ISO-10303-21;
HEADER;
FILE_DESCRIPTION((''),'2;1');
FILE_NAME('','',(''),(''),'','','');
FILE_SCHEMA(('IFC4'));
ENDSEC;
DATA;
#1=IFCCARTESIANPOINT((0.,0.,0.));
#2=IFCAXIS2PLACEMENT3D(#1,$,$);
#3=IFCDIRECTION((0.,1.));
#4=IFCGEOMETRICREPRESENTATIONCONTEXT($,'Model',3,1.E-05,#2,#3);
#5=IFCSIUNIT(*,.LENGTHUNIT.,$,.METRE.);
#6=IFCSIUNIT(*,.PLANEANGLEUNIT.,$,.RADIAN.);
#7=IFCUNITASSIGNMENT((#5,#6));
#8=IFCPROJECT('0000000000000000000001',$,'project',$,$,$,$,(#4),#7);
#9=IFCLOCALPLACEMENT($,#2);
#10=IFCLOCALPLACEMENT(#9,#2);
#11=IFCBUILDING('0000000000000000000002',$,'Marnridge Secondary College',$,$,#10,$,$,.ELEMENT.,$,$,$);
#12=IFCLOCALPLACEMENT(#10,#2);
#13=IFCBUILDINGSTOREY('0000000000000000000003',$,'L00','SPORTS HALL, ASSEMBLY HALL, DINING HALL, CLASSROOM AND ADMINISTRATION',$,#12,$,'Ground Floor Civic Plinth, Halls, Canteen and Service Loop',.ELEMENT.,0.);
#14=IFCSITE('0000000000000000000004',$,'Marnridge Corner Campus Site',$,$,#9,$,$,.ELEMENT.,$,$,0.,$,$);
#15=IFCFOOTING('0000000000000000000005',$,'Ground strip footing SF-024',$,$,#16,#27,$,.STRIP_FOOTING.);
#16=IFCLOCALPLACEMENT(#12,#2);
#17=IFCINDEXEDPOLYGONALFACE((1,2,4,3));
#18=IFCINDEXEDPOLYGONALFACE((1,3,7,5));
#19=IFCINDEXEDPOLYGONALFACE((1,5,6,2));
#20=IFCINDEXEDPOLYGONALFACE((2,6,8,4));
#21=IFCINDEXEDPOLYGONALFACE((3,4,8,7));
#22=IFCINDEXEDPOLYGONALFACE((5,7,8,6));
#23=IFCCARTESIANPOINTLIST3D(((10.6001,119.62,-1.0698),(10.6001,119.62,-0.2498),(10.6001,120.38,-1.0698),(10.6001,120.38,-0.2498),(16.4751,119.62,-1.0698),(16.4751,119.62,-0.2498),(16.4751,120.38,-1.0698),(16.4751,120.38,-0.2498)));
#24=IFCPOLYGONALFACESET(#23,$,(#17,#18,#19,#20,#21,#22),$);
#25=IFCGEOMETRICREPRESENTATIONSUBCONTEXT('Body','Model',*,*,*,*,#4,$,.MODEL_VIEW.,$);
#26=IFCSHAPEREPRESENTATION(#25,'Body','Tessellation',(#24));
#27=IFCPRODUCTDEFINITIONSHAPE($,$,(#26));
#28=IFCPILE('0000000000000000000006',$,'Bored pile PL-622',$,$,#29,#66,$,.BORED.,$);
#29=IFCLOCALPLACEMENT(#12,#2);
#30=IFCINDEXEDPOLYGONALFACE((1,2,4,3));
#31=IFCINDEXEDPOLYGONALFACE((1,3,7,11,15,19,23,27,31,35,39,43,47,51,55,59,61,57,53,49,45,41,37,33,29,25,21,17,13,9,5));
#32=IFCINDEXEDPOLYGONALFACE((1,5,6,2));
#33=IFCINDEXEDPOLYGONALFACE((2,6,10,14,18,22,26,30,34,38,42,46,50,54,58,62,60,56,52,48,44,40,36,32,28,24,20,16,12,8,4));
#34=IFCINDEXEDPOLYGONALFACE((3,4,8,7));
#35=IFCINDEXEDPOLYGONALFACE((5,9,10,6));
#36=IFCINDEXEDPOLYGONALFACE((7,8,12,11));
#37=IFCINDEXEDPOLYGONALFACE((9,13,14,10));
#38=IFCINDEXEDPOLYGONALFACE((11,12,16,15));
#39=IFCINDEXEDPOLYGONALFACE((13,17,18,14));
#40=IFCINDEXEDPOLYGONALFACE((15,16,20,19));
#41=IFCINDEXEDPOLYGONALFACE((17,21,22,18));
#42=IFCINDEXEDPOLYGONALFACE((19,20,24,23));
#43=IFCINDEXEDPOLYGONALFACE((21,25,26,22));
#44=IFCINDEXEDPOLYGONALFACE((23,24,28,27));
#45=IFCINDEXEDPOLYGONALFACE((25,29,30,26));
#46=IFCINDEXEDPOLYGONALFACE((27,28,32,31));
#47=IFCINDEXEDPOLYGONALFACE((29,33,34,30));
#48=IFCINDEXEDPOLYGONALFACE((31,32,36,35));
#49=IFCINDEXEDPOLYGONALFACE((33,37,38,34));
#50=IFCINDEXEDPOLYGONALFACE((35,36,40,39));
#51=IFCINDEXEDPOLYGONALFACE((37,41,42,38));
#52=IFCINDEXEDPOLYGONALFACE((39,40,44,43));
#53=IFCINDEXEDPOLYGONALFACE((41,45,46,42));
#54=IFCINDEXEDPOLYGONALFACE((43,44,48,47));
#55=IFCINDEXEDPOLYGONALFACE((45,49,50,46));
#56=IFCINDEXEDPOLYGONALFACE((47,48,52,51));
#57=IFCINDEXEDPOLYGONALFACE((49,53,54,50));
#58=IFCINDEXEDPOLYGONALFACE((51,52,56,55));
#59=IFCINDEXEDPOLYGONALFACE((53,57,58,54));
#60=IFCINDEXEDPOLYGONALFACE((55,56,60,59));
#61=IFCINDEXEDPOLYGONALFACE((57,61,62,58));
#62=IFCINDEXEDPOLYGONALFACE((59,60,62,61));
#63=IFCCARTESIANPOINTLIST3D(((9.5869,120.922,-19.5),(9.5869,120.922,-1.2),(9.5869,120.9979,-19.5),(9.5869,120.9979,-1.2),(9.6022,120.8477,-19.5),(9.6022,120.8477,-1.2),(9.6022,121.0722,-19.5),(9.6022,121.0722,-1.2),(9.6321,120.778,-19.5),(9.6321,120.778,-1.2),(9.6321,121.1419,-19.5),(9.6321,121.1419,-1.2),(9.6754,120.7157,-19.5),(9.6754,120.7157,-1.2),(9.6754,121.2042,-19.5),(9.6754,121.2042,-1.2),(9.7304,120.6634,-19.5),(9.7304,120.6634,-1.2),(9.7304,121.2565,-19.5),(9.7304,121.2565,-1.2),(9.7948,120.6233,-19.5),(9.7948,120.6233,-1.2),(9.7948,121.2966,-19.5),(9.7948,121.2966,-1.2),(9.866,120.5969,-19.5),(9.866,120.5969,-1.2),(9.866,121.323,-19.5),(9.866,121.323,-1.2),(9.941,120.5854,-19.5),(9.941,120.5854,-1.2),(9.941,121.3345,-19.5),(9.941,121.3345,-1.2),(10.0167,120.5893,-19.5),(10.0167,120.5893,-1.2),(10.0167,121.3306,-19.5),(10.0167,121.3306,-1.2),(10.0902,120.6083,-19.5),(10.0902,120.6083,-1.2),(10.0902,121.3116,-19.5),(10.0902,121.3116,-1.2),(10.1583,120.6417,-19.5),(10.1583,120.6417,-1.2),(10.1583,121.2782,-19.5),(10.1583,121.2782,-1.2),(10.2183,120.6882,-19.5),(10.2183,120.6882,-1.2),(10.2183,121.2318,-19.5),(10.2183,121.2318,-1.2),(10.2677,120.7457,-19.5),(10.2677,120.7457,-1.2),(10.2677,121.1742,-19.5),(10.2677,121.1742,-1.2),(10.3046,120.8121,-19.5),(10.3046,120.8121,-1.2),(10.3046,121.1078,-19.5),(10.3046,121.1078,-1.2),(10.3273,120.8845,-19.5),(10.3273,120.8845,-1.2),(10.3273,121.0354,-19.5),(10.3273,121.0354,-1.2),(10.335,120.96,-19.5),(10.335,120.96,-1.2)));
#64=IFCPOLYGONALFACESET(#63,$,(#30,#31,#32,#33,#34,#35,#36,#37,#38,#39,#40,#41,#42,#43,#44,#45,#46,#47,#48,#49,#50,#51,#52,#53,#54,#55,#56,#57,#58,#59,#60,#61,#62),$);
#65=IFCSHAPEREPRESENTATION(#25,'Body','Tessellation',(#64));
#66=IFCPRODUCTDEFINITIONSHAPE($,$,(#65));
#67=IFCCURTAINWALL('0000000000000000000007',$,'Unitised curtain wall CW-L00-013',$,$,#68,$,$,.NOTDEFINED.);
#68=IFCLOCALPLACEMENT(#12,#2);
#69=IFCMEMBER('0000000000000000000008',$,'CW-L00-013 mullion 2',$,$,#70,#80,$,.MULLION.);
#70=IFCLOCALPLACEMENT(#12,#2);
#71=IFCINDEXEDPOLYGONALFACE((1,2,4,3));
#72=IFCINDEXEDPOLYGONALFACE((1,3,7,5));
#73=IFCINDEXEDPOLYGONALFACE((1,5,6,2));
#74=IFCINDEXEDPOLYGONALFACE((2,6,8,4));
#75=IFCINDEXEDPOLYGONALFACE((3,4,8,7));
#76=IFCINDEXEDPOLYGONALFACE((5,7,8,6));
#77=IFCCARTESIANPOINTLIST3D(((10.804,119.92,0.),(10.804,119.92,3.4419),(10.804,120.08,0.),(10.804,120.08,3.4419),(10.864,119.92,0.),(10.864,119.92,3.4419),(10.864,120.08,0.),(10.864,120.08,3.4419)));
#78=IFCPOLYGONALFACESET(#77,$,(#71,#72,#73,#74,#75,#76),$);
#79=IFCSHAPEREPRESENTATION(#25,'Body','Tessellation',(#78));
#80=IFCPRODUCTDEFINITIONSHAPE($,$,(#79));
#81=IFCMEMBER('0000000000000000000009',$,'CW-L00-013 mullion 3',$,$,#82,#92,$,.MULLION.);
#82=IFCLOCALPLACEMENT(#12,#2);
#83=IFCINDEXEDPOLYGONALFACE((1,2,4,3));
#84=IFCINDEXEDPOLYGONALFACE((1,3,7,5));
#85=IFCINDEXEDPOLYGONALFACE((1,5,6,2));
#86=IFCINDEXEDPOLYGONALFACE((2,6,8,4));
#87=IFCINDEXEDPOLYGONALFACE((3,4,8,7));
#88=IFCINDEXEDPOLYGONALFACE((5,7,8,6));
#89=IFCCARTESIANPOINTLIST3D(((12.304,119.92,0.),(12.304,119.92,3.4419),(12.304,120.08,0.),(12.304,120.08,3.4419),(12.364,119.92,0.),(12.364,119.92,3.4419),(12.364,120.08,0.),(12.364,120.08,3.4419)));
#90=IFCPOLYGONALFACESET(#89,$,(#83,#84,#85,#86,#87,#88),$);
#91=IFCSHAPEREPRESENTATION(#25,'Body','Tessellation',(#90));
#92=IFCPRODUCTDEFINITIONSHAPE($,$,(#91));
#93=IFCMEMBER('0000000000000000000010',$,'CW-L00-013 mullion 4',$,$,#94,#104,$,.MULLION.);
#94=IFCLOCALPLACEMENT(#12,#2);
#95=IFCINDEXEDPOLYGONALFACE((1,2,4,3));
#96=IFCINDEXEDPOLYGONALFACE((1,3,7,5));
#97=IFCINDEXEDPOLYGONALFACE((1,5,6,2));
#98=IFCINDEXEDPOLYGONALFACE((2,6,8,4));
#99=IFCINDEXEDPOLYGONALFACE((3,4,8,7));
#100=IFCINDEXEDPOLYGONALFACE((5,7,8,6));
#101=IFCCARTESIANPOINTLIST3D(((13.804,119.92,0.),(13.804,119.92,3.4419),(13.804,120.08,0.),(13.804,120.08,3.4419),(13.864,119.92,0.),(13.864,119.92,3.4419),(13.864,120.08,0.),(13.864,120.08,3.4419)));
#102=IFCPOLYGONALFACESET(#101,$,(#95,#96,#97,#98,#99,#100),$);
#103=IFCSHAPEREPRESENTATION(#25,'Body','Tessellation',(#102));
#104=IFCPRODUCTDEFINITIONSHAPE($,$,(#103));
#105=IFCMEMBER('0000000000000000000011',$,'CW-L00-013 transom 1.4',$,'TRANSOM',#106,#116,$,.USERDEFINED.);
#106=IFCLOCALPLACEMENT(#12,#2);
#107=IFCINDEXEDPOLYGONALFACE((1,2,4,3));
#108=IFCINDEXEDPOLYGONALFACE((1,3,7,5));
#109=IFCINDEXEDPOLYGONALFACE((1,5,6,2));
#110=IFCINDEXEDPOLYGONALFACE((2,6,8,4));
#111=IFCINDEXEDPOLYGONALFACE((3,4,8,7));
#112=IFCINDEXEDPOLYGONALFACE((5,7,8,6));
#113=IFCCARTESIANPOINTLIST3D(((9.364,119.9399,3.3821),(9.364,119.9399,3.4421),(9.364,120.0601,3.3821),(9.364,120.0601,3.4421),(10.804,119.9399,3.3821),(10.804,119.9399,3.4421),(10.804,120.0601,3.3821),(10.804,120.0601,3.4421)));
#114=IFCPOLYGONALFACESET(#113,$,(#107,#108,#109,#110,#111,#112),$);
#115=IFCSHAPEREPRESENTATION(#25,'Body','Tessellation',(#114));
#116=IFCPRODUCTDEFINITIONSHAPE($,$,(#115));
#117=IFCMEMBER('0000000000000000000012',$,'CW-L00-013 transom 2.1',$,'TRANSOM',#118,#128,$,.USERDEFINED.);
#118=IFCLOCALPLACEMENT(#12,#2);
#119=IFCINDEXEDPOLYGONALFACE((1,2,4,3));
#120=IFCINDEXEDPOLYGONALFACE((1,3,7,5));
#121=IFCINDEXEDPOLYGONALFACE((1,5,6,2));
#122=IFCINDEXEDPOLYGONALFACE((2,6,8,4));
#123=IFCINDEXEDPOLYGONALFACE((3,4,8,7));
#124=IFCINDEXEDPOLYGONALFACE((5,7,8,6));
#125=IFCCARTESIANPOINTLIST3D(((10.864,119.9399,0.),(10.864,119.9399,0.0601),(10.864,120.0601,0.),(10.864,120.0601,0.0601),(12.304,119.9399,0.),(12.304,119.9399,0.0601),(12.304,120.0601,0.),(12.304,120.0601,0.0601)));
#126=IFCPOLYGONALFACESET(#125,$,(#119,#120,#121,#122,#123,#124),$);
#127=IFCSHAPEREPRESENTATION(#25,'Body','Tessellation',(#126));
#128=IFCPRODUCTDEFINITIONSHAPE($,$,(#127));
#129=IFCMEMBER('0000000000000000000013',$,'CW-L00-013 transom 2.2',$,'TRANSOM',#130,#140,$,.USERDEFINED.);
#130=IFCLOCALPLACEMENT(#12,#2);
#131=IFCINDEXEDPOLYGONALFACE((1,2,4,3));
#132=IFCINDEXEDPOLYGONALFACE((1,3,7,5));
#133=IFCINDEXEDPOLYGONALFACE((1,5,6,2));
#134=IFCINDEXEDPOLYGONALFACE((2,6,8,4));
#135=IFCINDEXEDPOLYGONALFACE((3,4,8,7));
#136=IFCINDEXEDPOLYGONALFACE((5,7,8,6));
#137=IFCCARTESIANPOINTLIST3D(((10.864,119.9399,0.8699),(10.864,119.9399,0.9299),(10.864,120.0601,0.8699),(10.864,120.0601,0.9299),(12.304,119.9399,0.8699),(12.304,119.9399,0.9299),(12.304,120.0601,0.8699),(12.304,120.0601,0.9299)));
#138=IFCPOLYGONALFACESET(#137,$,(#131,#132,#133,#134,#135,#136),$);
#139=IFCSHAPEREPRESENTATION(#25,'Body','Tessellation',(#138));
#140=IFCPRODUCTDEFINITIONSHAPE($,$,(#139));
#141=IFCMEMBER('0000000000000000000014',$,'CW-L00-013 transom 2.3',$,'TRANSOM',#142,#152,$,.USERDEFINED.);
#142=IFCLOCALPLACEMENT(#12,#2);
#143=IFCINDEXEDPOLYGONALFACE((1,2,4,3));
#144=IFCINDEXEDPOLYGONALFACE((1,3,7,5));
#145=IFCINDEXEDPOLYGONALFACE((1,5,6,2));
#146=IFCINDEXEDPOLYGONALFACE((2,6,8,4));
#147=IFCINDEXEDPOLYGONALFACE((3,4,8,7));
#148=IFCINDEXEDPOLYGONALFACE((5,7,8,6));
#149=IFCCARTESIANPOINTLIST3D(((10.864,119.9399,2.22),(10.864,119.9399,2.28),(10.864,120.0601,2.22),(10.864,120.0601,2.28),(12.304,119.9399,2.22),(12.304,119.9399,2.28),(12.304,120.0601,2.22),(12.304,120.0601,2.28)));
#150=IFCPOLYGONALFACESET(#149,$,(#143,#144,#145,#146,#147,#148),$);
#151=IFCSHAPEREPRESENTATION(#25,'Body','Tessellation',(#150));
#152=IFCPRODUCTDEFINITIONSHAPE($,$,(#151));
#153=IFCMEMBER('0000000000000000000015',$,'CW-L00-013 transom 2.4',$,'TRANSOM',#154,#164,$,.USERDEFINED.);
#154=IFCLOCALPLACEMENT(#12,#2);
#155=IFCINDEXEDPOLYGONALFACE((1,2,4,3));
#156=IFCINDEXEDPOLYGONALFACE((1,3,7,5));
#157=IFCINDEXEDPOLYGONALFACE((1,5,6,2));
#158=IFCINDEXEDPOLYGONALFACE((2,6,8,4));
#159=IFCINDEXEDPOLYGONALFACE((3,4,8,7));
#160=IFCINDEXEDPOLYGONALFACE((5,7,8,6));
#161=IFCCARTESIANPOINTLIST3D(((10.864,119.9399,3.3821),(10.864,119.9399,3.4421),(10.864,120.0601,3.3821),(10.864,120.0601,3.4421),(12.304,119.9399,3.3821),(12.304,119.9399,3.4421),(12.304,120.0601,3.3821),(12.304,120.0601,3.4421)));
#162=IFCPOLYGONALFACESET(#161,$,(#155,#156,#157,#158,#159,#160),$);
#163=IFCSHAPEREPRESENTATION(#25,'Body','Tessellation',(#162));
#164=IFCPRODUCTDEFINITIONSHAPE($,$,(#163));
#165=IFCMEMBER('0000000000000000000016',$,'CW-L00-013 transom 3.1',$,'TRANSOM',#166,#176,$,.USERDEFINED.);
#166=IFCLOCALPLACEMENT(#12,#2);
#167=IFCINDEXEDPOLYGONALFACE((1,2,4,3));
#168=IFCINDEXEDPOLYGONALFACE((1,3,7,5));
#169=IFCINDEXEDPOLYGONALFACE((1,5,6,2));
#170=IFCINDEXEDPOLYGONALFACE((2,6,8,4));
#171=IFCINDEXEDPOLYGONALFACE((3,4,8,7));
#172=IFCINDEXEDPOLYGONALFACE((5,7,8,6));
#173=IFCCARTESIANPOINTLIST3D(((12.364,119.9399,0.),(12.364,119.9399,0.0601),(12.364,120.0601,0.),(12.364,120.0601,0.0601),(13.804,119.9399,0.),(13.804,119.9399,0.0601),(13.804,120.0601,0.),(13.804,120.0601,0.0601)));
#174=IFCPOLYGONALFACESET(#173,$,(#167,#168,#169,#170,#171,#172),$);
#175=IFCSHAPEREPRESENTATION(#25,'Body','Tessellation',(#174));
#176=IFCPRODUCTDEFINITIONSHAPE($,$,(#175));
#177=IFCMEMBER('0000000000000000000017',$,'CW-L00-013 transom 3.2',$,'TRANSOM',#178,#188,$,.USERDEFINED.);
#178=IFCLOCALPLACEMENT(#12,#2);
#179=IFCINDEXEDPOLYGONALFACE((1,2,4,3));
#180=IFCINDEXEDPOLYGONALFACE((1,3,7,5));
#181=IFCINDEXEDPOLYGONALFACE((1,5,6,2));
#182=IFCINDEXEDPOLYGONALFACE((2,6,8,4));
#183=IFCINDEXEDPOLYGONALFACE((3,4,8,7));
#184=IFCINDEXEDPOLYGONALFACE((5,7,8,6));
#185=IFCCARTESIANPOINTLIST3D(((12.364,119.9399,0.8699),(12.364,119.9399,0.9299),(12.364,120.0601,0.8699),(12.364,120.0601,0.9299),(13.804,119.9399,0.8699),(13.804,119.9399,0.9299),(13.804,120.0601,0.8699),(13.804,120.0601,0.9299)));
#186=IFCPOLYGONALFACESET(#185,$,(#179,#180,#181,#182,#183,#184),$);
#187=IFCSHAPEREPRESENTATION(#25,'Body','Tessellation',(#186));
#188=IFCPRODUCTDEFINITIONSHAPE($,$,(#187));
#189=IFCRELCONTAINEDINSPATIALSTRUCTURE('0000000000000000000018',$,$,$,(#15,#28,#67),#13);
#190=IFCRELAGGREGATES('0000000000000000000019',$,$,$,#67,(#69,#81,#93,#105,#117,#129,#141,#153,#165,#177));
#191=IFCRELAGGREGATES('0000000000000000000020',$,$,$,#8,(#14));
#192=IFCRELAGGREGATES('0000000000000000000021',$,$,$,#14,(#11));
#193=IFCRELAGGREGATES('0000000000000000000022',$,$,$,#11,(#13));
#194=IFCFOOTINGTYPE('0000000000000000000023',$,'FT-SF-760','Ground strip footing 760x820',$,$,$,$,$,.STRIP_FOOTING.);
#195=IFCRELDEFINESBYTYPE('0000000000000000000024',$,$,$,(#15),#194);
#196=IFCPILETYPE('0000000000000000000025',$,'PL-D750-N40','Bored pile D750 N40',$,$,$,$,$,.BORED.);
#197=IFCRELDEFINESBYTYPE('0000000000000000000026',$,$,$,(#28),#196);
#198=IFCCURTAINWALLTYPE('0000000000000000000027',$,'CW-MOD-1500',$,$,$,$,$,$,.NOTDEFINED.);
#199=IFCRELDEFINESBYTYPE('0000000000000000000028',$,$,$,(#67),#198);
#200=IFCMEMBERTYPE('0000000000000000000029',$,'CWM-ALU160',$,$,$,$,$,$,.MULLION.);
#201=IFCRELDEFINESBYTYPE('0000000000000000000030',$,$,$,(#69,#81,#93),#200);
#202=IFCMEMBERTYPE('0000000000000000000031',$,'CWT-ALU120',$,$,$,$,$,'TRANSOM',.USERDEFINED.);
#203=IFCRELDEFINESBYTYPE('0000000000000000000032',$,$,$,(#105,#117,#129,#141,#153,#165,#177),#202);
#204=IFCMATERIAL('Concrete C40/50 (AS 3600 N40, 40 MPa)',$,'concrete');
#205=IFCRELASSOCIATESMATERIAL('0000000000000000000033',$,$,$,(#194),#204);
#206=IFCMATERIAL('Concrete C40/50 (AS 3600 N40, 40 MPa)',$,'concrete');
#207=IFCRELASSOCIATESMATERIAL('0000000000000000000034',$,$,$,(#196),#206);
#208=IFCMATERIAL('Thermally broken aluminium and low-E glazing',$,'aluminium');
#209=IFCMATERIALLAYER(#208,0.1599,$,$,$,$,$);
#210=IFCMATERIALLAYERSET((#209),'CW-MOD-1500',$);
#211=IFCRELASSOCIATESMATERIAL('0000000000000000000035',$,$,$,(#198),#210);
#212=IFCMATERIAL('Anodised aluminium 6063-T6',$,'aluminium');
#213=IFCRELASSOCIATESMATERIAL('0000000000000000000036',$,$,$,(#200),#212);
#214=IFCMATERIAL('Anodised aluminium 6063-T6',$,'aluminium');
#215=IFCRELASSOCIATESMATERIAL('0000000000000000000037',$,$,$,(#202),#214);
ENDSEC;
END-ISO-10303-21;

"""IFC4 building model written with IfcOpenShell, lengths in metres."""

from ifc_helpers import new_model, si_unit, direction, frame, origin, origin_2d, place, context, subcontext, project, spatial, rectangle, circle, extrude, material, layer, layer_set, material_profile, profile_set, type_object, element, aggregate, save


model = new_model("IFC4")

# Units and contexts
model_context = context("Model", 3, precision=1e-05, world=origin(), true_north=direction((0.0, 1.0)))
body_context = subcontext(model_context, "Body", "Model", "MODEL_VIEW")
ifc_project = project(units=[si_unit("LENGTHUNIT", "METRE"), si_unit("PLANEANGLEUNIT", "RADIAN")], contexts=[model_context])

# Site, building, storey
site_placement = place(None, origin())
site = spatial("IfcSite", under=ifc_project, at=site_placement, Name="Marnridge Corner Campus Site", CompositionType="ELEMENT", RefElevation=0.0)
building_placement = place(site_placement, origin())
building = spatial("IfcBuilding", under=site, at=building_placement, Name="Marnridge Secondary College", CompositionType="ELEMENT")
storey_placement = place(building_placement, origin())
storey = spatial("IfcBuildingStorey", under=building, at=storey_placement, Name="L00", Description="SPORTS HALL, ASSEMBLY HALL, DINING HALL, CLASSROOM AND ADMINISTRATION", LongName="Ground Floor Civic Plinth, Halls, Canteen and Service Loop", CompositionType="ELEMENT", Elevation=0.0)

# Footing
ifc_material_1 = material(Name="Concrete C40/50 (AS 3600 N40, 40 MPa)", Category="concrete")
footing_type = type_object("IfcFootingType", Name="FT-SF-760", Description="Ground strip footing 760x820", PredefinedType="STRIP_FOOTING", material=ifc_material_1)
footing_placement = place(storey_placement, frame((13.5376, 120.0, -1.0698), z_axis=(0.0, 0.0, 1.0), x_axis=(1.0, 0.0, 0.0)))
element("IfcFooting", 1, at=footing_placement, inside=storey, type_object=footing_type, Name="Ground strip footing SF-024", PredefinedType="STRIP_FOOTING", context=body_context, shape_type="SweptSolid", body=[
    extrude(rectangle(XDim=5.875, YDim=0.76, at=origin_2d()), origin(), (0.0, 0.0, 1.0), 0.8201),
])

# Pile
ifc_material_2 = material(Name="Concrete C40/50 (AS 3600 N40, 40 MPa)", Category="concrete")
ifc_material_profile_1 = material_profile(ifc_material_2, circle(Radius=0.375, at=origin_2d()), Name="PILE D750")
ifc_profile_set_1 = profile_set([ifc_material_profile_1], Name="Concrete C40/50 (AS 3600 N40, 40 MPa)")
pile_type = type_object("IfcPileType", Name="PL-D750-N40", Description="Bored pile D750 N40", PredefinedType="BORED", material=ifc_profile_set_1)
pile_placement = place(storey_placement, frame((9.96, 120.96, -1.2), z_axis=(0.0, 0.0, -1.0), x_axis=(1.0, 0.0, 0.0)))
element("IfcPile", 2, at=pile_placement, inside=storey, type_object=pile_type, Name="Bored pile PL-622", PredefinedType="BORED", context=body_context, shape_type="SweptSolid", body=[
    extrude(circle(Radius=0.375, at=origin_2d()), origin(), (0.0, 0.0, 1.0), 18.3),
])

# Curtain wall, members
ifc_material_3 = material(Name="Thermally broken aluminium and low-E glazing", Category="aluminium")
ifc_layer_1 = layer(ifc_material_3, 0.1599)
ifc_layer_set_1 = layer_set([ifc_layer_1], Name="CW-MOD-1500")
curtain_wall_type = type_object("IfcCurtainWallType", Name="CW-MOD-1500", PredefinedType="NOTDEFINED", material=ifc_layer_set_1)
curtain_wall_placement = place(storey_placement, origin())
curtain_wall = element("IfcCurtainWall", 3, at=curtain_wall_placement, inside=storey, type_object=curtain_wall_type, Name="Unitised curtain wall CW-L00-013", PredefinedType="NOTDEFINED")
ifc_material_4 = material(Name="Anodised aluminium 6063-T6", Category="aluminium")
ifc_material_profile_2 = material_profile(ifc_material_4, rectangle(XDim=0.0601, YDim=0.1599, at=origin_2d()), Name="ALU 60x160")
ifc_profile_set_2 = profile_set([ifc_material_profile_2], Name="Anodised aluminium 6063-T6")
member_type_1 = type_object("IfcMemberType", Name="CWM-ALU160", PredefinedType="MULLION", material=ifc_profile_set_2)
member_1_placement = place(storey_placement, frame((10.834, 120.0, 0.0), z_axis=(0.0, 0.0, 1.0), x_axis=(1.0, 0.0, 0.0)))
member_1 = element("IfcMember", 4, at=member_1_placement, type_object=member_type_1, Name="CW-L00-013 mullion 2", PredefinedType="MULLION", context=body_context, shape_type="SweptSolid", body=[
    extrude(rectangle(XDim=0.0601, YDim=0.1599, at=origin_2d()), origin(), (0.0, 0.0, 1.0), 3.4419),
])
member_2_placement = place(storey_placement, frame((12.334, 120.0, 0.0), z_axis=(0.0, 0.0, 1.0), x_axis=(1.0, 0.0, 0.0)))
member_2 = element("IfcMember", 5, at=member_2_placement, type_object=member_type_1, Name="CW-L00-013 mullion 3", PredefinedType="MULLION", context=body_context, shape_type="SweptSolid", body=[
    extrude(rectangle(XDim=0.0601, YDim=0.1599, at=origin_2d()), origin(), (0.0, 0.0, 1.0), 3.4419),
])
member_3_placement = place(storey_placement, frame((13.834, 120.0, 0.0), z_axis=(0.0, 0.0, 1.0), x_axis=(1.0, 0.0, 0.0)))
member_3 = element("IfcMember", 6, at=member_3_placement, type_object=member_type_1, Name="CW-L00-013 mullion 4", PredefinedType="MULLION", context=body_context, shape_type="SweptSolid", body=[
    extrude(rectangle(XDim=0.0601, YDim=0.1599, at=origin_2d()), origin(), (0.0, 0.0, 1.0), 3.4419),
])
ifc_material_5 = material(Name="Anodised aluminium 6063-T6", Category="aluminium")
ifc_material_profile_3 = material_profile(ifc_material_5, rectangle(XDim=0.0601, YDim=0.1201, at=origin_2d()), Name="ALU 60x120")
ifc_profile_set_3 = profile_set([ifc_material_profile_3], Name="Anodised aluminium 6063-T6")
member_type_2 = type_object("IfcMemberType", Name="CWT-ALU120", ElementType="TRANSOM", PredefinedType="USERDEFINED", material=ifc_profile_set_3)
member_4_placement = place(storey_placement, frame((9.364, 120.0, 3.4121), z_axis=(1.0, 0.0, 0.0), x_axis=(0.0, 0.0, 1.0)))
member_4 = element("IfcMember", 7, at=member_4_placement, type_object=member_type_2, Name="CW-L00-013 transom 1.4", ObjectType="TRANSOM", PredefinedType="USERDEFINED", context=body_context, shape_type="SweptSolid", body=[
    extrude(rectangle(XDim=0.0601, YDim=0.1201, at=origin_2d()), origin(), (0.0, 0.0, 1.0), 1.4399),
])
member_5_placement = place(storey_placement, frame((10.864, 120.0, 0.03), z_axis=(1.0, 0.0, 0.0), x_axis=(0.0, 0.0, 1.0)))
member_5 = element("IfcMember", 8, at=member_5_placement, type_object=member_type_2, Name="CW-L00-013 transom 2.1", ObjectType="TRANSOM", PredefinedType="USERDEFINED", context=body_context, shape_type="SweptSolid", body=[
    extrude(rectangle(XDim=0.0601, YDim=0.1201, at=origin_2d()), origin(), (0.0, 0.0, 1.0), 1.4399),
])
member_6_placement = place(storey_placement, frame((10.864, 120.0, 0.8999), z_axis=(1.0, 0.0, 0.0), x_axis=(0.0, 0.0, 1.0)))
member_6 = element("IfcMember", 9, at=member_6_placement, type_object=member_type_2, Name="CW-L00-013 transom 2.2", ObjectType="TRANSOM", PredefinedType="USERDEFINED", context=body_context, shape_type="SweptSolid", body=[
    extrude(rectangle(XDim=0.0601, YDim=0.1201, at=origin_2d()), origin(), (0.0, 0.0, 1.0), 1.4399),
])
member_7_placement = place(storey_placement, frame((10.864, 120.0, 2.25), z_axis=(1.0, 0.0, 0.0), x_axis=(0.0, 0.0, 1.0)))
member_7 = element("IfcMember", 10, at=member_7_placement, type_object=member_type_2, Name="CW-L00-013 transom 2.3", ObjectType="TRANSOM", PredefinedType="USERDEFINED", context=body_context, shape_type="SweptSolid", body=[
    extrude(rectangle(XDim=0.0601, YDim=0.1201, at=origin_2d()), origin(), (0.0, 0.0, 1.0), 1.4399),
])
member_8_placement = place(storey_placement, frame((10.864, 120.0, 3.4121), z_axis=(1.0, 0.0, 0.0), x_axis=(0.0, 0.0, 1.0)))
member_8 = element("IfcMember", 11, at=member_8_placement, type_object=member_type_2, Name="CW-L00-013 transom 2.4", ObjectType="TRANSOM", PredefinedType="USERDEFINED", context=body_context, shape_type="SweptSolid", body=[
    extrude(rectangle(XDim=0.0601, YDim=0.1201, at=origin_2d()), origin(), (0.0, 0.0, 1.0), 1.4399),
])
member_9_placement = place(storey_placement, frame((12.364, 120.0, 0.03), z_axis=(1.0, 0.0, 0.0), x_axis=(0.0, 0.0, 1.0)))
member_9 = element("IfcMember", 12, at=member_9_placement, type_object=member_type_2, Name="CW-L00-013 transom 3.1", ObjectType="TRANSOM", PredefinedType="USERDEFINED", context=body_context, shape_type="SweptSolid", body=[
    extrude(rectangle(XDim=0.0601, YDim=0.1201, at=origin_2d()), origin(), (0.0, 0.0, 1.0), 1.4399),
])
member_10_placement = place(storey_placement, frame((12.364, 120.0, 0.8999), z_axis=(1.0, 0.0, 0.0), x_axis=(0.0, 0.0, 1.0)))
member_10 = element("IfcMember", 13, at=member_10_placement, type_object=member_type_2, Name="CW-L00-013 transom 3.2", ObjectType="TRANSOM", PredefinedType="USERDEFINED", context=body_context, shape_type="SweptSolid", body=[
    extrude(rectangle(XDim=0.0601, YDim=0.1201, at=origin_2d()), origin(), (0.0, 0.0, 1.0), 1.4399),
])
aggregate(curtain_wall, [member_1, member_2, member_3, member_4, member_5, member_6, member_7, member_8, member_9, member_10])

save(model, "model.ifc")
